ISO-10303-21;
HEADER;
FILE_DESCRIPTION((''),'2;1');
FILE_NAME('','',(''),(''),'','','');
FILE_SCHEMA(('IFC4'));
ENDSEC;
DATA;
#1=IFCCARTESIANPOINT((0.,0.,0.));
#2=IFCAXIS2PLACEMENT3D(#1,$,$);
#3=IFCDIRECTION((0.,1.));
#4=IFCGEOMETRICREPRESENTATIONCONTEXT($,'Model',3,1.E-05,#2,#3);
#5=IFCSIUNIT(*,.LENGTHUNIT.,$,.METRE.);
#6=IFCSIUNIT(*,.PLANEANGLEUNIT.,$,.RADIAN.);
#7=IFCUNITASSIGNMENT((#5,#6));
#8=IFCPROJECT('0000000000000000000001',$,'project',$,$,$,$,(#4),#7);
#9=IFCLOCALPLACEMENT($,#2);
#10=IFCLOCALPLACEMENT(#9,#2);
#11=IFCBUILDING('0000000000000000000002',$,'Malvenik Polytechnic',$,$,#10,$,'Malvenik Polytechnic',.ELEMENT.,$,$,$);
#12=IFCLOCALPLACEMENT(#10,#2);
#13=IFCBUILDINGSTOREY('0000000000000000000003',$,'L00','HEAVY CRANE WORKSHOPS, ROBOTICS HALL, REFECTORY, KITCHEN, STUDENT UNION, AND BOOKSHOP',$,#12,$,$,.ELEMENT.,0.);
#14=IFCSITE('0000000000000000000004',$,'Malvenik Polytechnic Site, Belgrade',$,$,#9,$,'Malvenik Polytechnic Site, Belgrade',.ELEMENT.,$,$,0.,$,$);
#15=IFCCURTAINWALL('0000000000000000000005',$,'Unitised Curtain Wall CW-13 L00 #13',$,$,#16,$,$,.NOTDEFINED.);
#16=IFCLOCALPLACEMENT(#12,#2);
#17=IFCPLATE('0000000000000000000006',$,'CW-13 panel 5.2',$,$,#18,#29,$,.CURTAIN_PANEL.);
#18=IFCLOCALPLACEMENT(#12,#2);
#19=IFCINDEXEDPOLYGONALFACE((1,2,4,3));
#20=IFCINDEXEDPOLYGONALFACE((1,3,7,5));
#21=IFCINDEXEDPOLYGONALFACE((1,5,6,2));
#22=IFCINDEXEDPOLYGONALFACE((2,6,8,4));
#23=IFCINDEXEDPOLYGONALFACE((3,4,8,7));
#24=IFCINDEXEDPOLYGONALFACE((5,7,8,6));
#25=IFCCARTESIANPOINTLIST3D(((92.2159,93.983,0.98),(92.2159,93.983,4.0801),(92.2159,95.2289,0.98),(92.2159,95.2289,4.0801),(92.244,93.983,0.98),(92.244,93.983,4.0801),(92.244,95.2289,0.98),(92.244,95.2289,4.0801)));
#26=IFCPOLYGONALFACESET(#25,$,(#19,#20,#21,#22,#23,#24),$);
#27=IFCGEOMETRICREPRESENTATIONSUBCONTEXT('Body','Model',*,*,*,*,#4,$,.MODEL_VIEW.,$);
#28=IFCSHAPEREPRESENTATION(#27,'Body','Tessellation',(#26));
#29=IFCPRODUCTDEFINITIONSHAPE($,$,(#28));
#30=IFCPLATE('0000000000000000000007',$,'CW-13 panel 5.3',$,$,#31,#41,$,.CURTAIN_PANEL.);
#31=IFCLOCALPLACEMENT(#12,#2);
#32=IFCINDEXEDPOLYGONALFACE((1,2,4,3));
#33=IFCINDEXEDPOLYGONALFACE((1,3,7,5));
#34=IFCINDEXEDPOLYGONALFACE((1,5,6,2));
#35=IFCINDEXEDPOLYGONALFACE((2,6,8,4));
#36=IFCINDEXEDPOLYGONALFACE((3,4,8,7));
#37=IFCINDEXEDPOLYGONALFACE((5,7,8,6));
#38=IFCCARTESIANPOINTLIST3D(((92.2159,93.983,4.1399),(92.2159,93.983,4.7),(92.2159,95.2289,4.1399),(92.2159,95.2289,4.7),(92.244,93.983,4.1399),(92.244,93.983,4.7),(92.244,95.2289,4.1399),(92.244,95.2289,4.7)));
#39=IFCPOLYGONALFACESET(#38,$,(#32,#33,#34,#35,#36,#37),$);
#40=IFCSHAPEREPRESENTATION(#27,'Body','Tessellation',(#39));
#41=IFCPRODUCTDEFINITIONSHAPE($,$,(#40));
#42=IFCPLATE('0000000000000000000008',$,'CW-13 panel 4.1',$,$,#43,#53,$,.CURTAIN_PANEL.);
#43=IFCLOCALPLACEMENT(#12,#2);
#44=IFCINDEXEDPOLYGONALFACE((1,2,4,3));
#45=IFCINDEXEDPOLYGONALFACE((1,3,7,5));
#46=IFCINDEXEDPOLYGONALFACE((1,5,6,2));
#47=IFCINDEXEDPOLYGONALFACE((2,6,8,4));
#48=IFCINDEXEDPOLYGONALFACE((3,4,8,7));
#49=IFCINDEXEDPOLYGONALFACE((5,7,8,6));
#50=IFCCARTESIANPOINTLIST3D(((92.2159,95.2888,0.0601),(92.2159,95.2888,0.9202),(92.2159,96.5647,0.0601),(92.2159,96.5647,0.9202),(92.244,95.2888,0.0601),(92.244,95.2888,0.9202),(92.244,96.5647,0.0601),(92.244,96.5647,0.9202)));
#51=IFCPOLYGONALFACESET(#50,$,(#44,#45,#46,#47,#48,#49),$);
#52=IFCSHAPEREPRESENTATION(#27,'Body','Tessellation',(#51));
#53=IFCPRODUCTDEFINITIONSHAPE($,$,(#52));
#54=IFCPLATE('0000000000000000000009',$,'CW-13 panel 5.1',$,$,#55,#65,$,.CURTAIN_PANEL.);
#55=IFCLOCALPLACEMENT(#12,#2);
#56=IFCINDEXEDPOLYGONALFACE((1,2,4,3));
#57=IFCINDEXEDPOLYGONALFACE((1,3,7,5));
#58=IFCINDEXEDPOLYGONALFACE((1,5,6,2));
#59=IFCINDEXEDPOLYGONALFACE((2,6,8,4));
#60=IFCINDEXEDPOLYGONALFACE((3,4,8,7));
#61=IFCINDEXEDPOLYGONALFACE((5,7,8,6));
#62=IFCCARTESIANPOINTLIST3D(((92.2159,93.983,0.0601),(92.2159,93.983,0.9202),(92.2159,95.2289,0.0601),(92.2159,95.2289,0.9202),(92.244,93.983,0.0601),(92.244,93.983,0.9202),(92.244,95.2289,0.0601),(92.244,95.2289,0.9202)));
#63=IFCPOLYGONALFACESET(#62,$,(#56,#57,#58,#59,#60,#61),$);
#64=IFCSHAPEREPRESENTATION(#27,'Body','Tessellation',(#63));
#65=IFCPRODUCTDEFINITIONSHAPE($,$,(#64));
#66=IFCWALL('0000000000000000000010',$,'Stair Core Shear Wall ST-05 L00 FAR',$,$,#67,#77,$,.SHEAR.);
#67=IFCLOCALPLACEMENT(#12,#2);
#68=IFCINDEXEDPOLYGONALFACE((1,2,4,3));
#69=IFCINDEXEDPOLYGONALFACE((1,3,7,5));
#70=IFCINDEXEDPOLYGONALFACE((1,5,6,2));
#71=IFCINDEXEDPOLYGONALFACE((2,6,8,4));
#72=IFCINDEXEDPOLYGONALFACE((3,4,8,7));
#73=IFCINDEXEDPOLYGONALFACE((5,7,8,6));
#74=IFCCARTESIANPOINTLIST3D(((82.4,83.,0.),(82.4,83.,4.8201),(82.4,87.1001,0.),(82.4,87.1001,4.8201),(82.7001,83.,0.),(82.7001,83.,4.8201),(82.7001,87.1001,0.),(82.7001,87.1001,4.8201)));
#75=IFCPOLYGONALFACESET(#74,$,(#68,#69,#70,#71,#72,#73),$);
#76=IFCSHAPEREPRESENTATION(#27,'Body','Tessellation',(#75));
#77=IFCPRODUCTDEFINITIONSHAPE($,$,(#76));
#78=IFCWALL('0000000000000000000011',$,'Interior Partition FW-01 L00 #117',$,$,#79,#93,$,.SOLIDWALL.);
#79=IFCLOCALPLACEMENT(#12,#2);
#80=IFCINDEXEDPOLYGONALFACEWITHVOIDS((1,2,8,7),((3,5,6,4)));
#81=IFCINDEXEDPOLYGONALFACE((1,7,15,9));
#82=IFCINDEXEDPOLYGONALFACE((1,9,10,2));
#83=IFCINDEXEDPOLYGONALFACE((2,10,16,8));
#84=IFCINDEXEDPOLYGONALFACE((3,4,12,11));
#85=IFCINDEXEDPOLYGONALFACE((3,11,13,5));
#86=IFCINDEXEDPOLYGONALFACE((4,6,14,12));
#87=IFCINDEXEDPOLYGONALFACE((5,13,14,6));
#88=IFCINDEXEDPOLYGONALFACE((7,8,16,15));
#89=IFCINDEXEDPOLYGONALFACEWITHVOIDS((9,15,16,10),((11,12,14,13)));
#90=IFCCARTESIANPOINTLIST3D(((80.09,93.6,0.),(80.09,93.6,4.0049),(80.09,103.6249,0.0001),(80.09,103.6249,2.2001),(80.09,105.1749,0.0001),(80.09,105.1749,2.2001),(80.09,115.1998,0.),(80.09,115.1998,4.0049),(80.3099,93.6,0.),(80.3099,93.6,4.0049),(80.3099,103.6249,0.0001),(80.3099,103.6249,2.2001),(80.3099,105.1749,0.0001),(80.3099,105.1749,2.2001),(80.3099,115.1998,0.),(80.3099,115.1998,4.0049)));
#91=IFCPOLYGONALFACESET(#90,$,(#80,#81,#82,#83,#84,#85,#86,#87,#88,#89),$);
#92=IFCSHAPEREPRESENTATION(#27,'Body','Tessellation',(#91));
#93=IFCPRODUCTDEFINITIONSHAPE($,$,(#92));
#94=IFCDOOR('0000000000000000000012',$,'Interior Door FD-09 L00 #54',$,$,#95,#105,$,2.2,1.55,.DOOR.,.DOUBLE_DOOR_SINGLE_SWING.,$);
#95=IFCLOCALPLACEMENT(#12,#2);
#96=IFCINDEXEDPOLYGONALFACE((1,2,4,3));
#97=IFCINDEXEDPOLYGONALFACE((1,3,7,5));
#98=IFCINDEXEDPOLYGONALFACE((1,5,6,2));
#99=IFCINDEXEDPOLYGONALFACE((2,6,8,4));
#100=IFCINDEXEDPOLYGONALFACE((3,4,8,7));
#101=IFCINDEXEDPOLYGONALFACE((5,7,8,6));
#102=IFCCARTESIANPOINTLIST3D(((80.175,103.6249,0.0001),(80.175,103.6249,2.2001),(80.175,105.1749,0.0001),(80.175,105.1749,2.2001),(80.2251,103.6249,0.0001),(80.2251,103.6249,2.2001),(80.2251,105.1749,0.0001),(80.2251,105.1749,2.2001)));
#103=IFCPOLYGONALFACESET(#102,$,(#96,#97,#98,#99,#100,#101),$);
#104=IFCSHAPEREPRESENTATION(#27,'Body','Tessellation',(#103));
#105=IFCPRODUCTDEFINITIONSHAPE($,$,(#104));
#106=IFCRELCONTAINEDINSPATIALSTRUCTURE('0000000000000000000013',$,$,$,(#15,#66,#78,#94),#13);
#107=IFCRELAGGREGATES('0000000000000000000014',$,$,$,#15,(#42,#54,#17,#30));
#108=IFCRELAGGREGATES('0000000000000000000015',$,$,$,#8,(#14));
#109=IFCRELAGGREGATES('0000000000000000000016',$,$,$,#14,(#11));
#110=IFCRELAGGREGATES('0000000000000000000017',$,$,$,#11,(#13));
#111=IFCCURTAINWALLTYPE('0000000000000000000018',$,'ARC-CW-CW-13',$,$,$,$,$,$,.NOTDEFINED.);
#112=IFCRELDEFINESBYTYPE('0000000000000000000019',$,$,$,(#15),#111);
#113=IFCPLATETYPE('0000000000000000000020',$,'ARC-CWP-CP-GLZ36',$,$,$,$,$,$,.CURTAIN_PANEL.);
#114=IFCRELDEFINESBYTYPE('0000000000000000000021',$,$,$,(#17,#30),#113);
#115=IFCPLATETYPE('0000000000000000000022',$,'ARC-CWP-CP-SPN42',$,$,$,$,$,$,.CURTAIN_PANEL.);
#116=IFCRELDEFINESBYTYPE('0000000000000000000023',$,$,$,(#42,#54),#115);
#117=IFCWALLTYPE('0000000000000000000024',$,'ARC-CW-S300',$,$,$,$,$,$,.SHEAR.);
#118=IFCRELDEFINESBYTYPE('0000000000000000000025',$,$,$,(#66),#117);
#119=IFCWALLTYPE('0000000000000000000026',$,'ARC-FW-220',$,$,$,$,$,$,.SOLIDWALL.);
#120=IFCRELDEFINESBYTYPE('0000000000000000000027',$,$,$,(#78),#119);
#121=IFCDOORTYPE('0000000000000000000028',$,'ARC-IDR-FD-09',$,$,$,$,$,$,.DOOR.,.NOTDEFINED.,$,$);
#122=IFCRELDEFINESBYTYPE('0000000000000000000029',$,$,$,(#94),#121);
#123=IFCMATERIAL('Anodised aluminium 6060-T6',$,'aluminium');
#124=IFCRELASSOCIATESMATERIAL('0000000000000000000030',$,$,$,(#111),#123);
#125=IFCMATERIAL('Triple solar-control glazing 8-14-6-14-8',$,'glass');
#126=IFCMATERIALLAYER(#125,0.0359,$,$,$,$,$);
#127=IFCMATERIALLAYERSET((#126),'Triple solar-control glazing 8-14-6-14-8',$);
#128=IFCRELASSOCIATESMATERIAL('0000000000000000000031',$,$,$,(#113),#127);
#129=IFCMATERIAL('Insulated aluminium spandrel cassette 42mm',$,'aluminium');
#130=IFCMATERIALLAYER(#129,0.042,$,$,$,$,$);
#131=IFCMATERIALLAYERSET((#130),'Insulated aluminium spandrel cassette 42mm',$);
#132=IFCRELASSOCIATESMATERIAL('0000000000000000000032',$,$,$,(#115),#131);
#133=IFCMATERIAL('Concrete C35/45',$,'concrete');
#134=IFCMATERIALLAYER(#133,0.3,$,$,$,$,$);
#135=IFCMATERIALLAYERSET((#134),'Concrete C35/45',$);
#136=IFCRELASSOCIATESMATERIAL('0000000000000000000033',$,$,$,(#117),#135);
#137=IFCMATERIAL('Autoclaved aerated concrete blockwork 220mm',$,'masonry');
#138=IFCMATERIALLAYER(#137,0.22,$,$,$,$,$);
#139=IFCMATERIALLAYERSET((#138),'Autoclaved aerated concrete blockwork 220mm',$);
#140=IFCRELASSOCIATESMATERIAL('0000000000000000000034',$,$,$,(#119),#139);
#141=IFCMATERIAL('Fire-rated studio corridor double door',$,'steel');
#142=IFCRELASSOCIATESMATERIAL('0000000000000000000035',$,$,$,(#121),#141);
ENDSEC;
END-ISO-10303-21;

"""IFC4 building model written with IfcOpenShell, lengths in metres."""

from ifc_helpers import new_model, si_unit, direction, frame, frame_2d, origin, origin_2d, place, context, subcontext, project, spatial, rectangle, extrude, material, layer, layer_set, type_object, element, fill, aggregate, save


model = new_model("IFC4")

# Units and contexts
model_context = context("Model", 3, precision=1e-05, world=origin(), true_north=direction((0.0, 1.0)))
body_context = subcontext(model_context, "Body", "Model", "MODEL_VIEW")
ifc_project = project(units=[si_unit("LENGTHUNIT", "METRE"), si_unit("PLANEANGLEUNIT", "RADIAN")], contexts=[model_context])

# Site, building, storey
site_placement = place(None, origin())
site = spatial("IfcSite", under=ifc_project, at=site_placement, Name="Malvenik Polytechnic Site, Belgrade", LongName="Malvenik Polytechnic Site, Belgrade", CompositionType="ELEMENT", RefElevation=0.0)
building_placement = place(site_placement, origin())
building = spatial("IfcBuilding", under=site, at=building_placement, Name="Malvenik Polytechnic", LongName="Malvenik Polytechnic", CompositionType="ELEMENT")
storey_placement = place(building_placement, origin())
storey = spatial("IfcBuildingStorey", under=building, at=storey_placement, Name="L00", Description="HEAVY CRANE WORKSHOPS, ROBOTICS HALL, REFECTORY, KITCHEN, STUDENT UNION, AND BOOKSHOP", CompositionType="ELEMENT", Elevation=0.0)

# Curtain wall
ifc_material_1 = material(Name="Anodised aluminium 6060-T6", Category="aluminium")
curtain_wall_type = type_object("IfcCurtainWallType", Name="ARC-CW-CW-13", PredefinedType="NOTDEFINED", material=ifc_material_1)
curtain_wall_placement = place(storey_placement, origin())
curtain_wall = element("IfcCurtainWall", 1, at=curtain_wall_placement, inside=storey, type_object=curtain_wall_type, Name="Unitised Curtain Wall CW-13 L00 #13", PredefinedType="NOTDEFINED")

# Shared definitions
ifc_material_2 = material(Name="Concrete C35/45", Category="concrete")

# Plates
ifc_material_3 = material(Name="Triple solar-control glazing 8-14-6-14-8", Category="glass")
ifc_layer_1 = layer(ifc_material_3, 0.0359)
ifc_layer_set_1 = layer_set([ifc_layer_1], Name="Triple solar-control glazing 8-14-6-14-8")
plate_type_1 = type_object("IfcPlateType", Name="ARC-CWP-CP-GLZ36", PredefinedType="CURTAIN_PANEL", material=ifc_layer_set_1)
plate_1_placement = place(storey_placement, frame((92.23, 94.606, 0.98), z_axis=(0.0, 0.0, 1.0), x_axis=(0.0, -1.0, 0.0)))
plate_1 = element("IfcPlate", 2, at=plate_1_placement, type_object=plate_type_1, Name="CW-13 panel 5.2", PredefinedType="CURTAIN_PANEL", context=body_context, shape_type="SweptSolid", body=[
    extrude(rectangle(XDim=1.2458, YDim=0.0281, at=origin_2d()), origin(), (0.0, 0.0, 1.0), 3.1001),
])
plate_2_placement = place(storey_placement, frame((92.23, 94.606, 4.1399), z_axis=(0.0, 0.0, 1.0), x_axis=(0.0, -1.0, 0.0)))
plate_2 = element("IfcPlate", 3, at=plate_2_placement, type_object=plate_type_1, Name="CW-13 panel 5.3", PredefinedType="CURTAIN_PANEL", context=body_context, shape_type="SweptSolid", body=[
    extrude(rectangle(XDim=1.2458, YDim=0.0281, at=origin_2d()), origin(), (0.0, 0.0, 1.0), 0.5601),
])
ifc_material_4 = material(Name="Insulated aluminium spandrel cassette 42mm", Category="aluminium")
ifc_layer_2 = layer(ifc_material_4, 0.042)
ifc_layer_set_2 = layer_set([ifc_layer_2], Name="Insulated aluminium spandrel cassette 42mm")
plate_type_2 = type_object("IfcPlateType", Name="ARC-CWP-CP-SPN42", PredefinedType="CURTAIN_PANEL", material=ifc_layer_set_2)
plate_3_placement = place(storey_placement, frame((92.23, 95.9268, 0.0601), z_axis=(0.0, 0.0, 1.0), x_axis=(0.0, -1.0, 0.0)))
plate_3 = element("IfcPlate", 4, at=plate_3_placement, type_object=plate_type_2, Name="CW-13 panel 4.1", PredefinedType="CURTAIN_PANEL", context=body_context, shape_type="SweptSolid", body=[
    extrude(rectangle(XDim=1.2759, YDim=0.0281, at=origin_2d()), origin(), (0.0, 0.0, 1.0), 0.8601),
])
plate_4_placement = place(storey_placement, frame((92.23, 94.606, 0.0601), z_axis=(0.0, 0.0, 1.0), x_axis=(0.0, -1.0, 0.0)))
plate_4 = element("IfcPlate", 5, at=plate_4_placement, type_object=plate_type_2, Name="CW-13 panel 5.1", PredefinedType="CURTAIN_PANEL", context=body_context, shape_type="SweptSolid", body=[
    extrude(rectangle(XDim=1.2458, YDim=0.0281, at=origin_2d()), origin(), (0.0, 0.0, 1.0), 0.8601),
])
aggregate(curtain_wall, [plate_3, plate_4, plate_1, plate_2])

# Wall
ifc_layer_3 = layer(ifc_material_2, 0.3)
ifc_layer_set_3 = layer_set([ifc_layer_3], Name="Concrete C35/45")
wall_type_1 = type_object("IfcWallType", Name="ARC-CW-S300", PredefinedType="SHEAR", material=ifc_layer_set_3)
wall_1_placement = place(storey_placement, frame((82.55, 87.1001, 0.0), z_axis=(0.0, 0.0, 1.0), x_axis=(0.0, -1.0, 0.0)))
element("IfcWall", 6, at=wall_1_placement, inside=storey, type_object=wall_type_1, Name="Stair Core Shear Wall ST-05 L00 FAR", PredefinedType="SHEAR", context=body_context, shape_type="SweptSolid", body=[
    extrude(rectangle(XDim=4.1001, YDim=0.3, at=frame_2d((2.05, 0.0))), origin(), (0.0, 0.0, 1.0), 4.8201),
])

# Wall, opening, door
ifc_material_5 = material(Name="Autoclaved aerated concrete blockwork 220mm", Category="masonry")
ifc_layer_4 = layer(ifc_material_5, 0.22)
ifc_layer_set_4 = layer_set([ifc_layer_4], Name="Autoclaved aerated concrete blockwork 220mm")
wall_type_2 = type_object("IfcWallType", Name="ARC-FW-220", PredefinedType="SOLIDWALL", material=ifc_layer_set_4)
wall_2_placement = place(storey_placement, frame((80.2, 93.6001, 0.0), z_axis=(0.0, 0.0, 1.0), x_axis=(0.0, 1.0, 0.0)))
wall_2 = element("IfcWall", 7, at=wall_2_placement, inside=storey, type_object=wall_type_2, Name="Interior Partition FW-01 L00 #117", PredefinedType="SOLIDWALL", context=body_context, shape_type="SweptSolid", body=[
    extrude(rectangle(XDim=21.5999, YDim=0.22, at=frame_2d((10.7998, 0.0))), origin(), (0.0, 0.0, 1.0), 4.0049),
])
opening_placement = place(wall_2_placement, frame((10.0249, 0.0, 0.0)))
opening = element("IfcOpeningElement", 8, at=opening_placement, cuts=wall_2, PredefinedType="OPENING", context=body_context, shape_type="SweptSolid", body=[
    extrude(rectangle(XDim=1.55, YDim=2.2, at=frame_2d((0.7749, 1.1001))), frame((0.0, 0.1201, 0.0), z_axis=(0.0, -1.0, 0.0), x_axis=(1.0, 0.0, 0.0)), (0.0, 0.0, 1.0), 0.24),
])
ifc_material_6 = material(Name="Fire-rated studio corridor double door", Category="steel")
door_type = type_object("IfcDoorType", Name="ARC-IDR-FD-09", OperationType="NOTDEFINED", PredefinedType="DOOR", material=ifc_material_6)
door_placement = place(opening_placement, origin())
door = element("IfcDoor", 9, at=door_placement, inside=storey, type_object=door_type, Name="Interior Door FD-09 L00 #54", OperationType="DOUBLE_DOOR_SINGLE_SWING", OverallHeight=2.2, OverallWidth=1.55, PredefinedType="DOOR", context=body_context, shape_type="SweptSolid", body=[
    extrude(rectangle(XDim=1.55, YDim=2.2, at=frame_2d((0.7749, 1.1001))), frame((0.0, 0.0249, 0.0), z_axis=(0.0, -1.0, 0.0), x_axis=(1.0, 0.0, 0.0)), (0.0, 0.0, 1.0), 0.05),
])
fill(opening, door)

save(model, "model.ifc")
